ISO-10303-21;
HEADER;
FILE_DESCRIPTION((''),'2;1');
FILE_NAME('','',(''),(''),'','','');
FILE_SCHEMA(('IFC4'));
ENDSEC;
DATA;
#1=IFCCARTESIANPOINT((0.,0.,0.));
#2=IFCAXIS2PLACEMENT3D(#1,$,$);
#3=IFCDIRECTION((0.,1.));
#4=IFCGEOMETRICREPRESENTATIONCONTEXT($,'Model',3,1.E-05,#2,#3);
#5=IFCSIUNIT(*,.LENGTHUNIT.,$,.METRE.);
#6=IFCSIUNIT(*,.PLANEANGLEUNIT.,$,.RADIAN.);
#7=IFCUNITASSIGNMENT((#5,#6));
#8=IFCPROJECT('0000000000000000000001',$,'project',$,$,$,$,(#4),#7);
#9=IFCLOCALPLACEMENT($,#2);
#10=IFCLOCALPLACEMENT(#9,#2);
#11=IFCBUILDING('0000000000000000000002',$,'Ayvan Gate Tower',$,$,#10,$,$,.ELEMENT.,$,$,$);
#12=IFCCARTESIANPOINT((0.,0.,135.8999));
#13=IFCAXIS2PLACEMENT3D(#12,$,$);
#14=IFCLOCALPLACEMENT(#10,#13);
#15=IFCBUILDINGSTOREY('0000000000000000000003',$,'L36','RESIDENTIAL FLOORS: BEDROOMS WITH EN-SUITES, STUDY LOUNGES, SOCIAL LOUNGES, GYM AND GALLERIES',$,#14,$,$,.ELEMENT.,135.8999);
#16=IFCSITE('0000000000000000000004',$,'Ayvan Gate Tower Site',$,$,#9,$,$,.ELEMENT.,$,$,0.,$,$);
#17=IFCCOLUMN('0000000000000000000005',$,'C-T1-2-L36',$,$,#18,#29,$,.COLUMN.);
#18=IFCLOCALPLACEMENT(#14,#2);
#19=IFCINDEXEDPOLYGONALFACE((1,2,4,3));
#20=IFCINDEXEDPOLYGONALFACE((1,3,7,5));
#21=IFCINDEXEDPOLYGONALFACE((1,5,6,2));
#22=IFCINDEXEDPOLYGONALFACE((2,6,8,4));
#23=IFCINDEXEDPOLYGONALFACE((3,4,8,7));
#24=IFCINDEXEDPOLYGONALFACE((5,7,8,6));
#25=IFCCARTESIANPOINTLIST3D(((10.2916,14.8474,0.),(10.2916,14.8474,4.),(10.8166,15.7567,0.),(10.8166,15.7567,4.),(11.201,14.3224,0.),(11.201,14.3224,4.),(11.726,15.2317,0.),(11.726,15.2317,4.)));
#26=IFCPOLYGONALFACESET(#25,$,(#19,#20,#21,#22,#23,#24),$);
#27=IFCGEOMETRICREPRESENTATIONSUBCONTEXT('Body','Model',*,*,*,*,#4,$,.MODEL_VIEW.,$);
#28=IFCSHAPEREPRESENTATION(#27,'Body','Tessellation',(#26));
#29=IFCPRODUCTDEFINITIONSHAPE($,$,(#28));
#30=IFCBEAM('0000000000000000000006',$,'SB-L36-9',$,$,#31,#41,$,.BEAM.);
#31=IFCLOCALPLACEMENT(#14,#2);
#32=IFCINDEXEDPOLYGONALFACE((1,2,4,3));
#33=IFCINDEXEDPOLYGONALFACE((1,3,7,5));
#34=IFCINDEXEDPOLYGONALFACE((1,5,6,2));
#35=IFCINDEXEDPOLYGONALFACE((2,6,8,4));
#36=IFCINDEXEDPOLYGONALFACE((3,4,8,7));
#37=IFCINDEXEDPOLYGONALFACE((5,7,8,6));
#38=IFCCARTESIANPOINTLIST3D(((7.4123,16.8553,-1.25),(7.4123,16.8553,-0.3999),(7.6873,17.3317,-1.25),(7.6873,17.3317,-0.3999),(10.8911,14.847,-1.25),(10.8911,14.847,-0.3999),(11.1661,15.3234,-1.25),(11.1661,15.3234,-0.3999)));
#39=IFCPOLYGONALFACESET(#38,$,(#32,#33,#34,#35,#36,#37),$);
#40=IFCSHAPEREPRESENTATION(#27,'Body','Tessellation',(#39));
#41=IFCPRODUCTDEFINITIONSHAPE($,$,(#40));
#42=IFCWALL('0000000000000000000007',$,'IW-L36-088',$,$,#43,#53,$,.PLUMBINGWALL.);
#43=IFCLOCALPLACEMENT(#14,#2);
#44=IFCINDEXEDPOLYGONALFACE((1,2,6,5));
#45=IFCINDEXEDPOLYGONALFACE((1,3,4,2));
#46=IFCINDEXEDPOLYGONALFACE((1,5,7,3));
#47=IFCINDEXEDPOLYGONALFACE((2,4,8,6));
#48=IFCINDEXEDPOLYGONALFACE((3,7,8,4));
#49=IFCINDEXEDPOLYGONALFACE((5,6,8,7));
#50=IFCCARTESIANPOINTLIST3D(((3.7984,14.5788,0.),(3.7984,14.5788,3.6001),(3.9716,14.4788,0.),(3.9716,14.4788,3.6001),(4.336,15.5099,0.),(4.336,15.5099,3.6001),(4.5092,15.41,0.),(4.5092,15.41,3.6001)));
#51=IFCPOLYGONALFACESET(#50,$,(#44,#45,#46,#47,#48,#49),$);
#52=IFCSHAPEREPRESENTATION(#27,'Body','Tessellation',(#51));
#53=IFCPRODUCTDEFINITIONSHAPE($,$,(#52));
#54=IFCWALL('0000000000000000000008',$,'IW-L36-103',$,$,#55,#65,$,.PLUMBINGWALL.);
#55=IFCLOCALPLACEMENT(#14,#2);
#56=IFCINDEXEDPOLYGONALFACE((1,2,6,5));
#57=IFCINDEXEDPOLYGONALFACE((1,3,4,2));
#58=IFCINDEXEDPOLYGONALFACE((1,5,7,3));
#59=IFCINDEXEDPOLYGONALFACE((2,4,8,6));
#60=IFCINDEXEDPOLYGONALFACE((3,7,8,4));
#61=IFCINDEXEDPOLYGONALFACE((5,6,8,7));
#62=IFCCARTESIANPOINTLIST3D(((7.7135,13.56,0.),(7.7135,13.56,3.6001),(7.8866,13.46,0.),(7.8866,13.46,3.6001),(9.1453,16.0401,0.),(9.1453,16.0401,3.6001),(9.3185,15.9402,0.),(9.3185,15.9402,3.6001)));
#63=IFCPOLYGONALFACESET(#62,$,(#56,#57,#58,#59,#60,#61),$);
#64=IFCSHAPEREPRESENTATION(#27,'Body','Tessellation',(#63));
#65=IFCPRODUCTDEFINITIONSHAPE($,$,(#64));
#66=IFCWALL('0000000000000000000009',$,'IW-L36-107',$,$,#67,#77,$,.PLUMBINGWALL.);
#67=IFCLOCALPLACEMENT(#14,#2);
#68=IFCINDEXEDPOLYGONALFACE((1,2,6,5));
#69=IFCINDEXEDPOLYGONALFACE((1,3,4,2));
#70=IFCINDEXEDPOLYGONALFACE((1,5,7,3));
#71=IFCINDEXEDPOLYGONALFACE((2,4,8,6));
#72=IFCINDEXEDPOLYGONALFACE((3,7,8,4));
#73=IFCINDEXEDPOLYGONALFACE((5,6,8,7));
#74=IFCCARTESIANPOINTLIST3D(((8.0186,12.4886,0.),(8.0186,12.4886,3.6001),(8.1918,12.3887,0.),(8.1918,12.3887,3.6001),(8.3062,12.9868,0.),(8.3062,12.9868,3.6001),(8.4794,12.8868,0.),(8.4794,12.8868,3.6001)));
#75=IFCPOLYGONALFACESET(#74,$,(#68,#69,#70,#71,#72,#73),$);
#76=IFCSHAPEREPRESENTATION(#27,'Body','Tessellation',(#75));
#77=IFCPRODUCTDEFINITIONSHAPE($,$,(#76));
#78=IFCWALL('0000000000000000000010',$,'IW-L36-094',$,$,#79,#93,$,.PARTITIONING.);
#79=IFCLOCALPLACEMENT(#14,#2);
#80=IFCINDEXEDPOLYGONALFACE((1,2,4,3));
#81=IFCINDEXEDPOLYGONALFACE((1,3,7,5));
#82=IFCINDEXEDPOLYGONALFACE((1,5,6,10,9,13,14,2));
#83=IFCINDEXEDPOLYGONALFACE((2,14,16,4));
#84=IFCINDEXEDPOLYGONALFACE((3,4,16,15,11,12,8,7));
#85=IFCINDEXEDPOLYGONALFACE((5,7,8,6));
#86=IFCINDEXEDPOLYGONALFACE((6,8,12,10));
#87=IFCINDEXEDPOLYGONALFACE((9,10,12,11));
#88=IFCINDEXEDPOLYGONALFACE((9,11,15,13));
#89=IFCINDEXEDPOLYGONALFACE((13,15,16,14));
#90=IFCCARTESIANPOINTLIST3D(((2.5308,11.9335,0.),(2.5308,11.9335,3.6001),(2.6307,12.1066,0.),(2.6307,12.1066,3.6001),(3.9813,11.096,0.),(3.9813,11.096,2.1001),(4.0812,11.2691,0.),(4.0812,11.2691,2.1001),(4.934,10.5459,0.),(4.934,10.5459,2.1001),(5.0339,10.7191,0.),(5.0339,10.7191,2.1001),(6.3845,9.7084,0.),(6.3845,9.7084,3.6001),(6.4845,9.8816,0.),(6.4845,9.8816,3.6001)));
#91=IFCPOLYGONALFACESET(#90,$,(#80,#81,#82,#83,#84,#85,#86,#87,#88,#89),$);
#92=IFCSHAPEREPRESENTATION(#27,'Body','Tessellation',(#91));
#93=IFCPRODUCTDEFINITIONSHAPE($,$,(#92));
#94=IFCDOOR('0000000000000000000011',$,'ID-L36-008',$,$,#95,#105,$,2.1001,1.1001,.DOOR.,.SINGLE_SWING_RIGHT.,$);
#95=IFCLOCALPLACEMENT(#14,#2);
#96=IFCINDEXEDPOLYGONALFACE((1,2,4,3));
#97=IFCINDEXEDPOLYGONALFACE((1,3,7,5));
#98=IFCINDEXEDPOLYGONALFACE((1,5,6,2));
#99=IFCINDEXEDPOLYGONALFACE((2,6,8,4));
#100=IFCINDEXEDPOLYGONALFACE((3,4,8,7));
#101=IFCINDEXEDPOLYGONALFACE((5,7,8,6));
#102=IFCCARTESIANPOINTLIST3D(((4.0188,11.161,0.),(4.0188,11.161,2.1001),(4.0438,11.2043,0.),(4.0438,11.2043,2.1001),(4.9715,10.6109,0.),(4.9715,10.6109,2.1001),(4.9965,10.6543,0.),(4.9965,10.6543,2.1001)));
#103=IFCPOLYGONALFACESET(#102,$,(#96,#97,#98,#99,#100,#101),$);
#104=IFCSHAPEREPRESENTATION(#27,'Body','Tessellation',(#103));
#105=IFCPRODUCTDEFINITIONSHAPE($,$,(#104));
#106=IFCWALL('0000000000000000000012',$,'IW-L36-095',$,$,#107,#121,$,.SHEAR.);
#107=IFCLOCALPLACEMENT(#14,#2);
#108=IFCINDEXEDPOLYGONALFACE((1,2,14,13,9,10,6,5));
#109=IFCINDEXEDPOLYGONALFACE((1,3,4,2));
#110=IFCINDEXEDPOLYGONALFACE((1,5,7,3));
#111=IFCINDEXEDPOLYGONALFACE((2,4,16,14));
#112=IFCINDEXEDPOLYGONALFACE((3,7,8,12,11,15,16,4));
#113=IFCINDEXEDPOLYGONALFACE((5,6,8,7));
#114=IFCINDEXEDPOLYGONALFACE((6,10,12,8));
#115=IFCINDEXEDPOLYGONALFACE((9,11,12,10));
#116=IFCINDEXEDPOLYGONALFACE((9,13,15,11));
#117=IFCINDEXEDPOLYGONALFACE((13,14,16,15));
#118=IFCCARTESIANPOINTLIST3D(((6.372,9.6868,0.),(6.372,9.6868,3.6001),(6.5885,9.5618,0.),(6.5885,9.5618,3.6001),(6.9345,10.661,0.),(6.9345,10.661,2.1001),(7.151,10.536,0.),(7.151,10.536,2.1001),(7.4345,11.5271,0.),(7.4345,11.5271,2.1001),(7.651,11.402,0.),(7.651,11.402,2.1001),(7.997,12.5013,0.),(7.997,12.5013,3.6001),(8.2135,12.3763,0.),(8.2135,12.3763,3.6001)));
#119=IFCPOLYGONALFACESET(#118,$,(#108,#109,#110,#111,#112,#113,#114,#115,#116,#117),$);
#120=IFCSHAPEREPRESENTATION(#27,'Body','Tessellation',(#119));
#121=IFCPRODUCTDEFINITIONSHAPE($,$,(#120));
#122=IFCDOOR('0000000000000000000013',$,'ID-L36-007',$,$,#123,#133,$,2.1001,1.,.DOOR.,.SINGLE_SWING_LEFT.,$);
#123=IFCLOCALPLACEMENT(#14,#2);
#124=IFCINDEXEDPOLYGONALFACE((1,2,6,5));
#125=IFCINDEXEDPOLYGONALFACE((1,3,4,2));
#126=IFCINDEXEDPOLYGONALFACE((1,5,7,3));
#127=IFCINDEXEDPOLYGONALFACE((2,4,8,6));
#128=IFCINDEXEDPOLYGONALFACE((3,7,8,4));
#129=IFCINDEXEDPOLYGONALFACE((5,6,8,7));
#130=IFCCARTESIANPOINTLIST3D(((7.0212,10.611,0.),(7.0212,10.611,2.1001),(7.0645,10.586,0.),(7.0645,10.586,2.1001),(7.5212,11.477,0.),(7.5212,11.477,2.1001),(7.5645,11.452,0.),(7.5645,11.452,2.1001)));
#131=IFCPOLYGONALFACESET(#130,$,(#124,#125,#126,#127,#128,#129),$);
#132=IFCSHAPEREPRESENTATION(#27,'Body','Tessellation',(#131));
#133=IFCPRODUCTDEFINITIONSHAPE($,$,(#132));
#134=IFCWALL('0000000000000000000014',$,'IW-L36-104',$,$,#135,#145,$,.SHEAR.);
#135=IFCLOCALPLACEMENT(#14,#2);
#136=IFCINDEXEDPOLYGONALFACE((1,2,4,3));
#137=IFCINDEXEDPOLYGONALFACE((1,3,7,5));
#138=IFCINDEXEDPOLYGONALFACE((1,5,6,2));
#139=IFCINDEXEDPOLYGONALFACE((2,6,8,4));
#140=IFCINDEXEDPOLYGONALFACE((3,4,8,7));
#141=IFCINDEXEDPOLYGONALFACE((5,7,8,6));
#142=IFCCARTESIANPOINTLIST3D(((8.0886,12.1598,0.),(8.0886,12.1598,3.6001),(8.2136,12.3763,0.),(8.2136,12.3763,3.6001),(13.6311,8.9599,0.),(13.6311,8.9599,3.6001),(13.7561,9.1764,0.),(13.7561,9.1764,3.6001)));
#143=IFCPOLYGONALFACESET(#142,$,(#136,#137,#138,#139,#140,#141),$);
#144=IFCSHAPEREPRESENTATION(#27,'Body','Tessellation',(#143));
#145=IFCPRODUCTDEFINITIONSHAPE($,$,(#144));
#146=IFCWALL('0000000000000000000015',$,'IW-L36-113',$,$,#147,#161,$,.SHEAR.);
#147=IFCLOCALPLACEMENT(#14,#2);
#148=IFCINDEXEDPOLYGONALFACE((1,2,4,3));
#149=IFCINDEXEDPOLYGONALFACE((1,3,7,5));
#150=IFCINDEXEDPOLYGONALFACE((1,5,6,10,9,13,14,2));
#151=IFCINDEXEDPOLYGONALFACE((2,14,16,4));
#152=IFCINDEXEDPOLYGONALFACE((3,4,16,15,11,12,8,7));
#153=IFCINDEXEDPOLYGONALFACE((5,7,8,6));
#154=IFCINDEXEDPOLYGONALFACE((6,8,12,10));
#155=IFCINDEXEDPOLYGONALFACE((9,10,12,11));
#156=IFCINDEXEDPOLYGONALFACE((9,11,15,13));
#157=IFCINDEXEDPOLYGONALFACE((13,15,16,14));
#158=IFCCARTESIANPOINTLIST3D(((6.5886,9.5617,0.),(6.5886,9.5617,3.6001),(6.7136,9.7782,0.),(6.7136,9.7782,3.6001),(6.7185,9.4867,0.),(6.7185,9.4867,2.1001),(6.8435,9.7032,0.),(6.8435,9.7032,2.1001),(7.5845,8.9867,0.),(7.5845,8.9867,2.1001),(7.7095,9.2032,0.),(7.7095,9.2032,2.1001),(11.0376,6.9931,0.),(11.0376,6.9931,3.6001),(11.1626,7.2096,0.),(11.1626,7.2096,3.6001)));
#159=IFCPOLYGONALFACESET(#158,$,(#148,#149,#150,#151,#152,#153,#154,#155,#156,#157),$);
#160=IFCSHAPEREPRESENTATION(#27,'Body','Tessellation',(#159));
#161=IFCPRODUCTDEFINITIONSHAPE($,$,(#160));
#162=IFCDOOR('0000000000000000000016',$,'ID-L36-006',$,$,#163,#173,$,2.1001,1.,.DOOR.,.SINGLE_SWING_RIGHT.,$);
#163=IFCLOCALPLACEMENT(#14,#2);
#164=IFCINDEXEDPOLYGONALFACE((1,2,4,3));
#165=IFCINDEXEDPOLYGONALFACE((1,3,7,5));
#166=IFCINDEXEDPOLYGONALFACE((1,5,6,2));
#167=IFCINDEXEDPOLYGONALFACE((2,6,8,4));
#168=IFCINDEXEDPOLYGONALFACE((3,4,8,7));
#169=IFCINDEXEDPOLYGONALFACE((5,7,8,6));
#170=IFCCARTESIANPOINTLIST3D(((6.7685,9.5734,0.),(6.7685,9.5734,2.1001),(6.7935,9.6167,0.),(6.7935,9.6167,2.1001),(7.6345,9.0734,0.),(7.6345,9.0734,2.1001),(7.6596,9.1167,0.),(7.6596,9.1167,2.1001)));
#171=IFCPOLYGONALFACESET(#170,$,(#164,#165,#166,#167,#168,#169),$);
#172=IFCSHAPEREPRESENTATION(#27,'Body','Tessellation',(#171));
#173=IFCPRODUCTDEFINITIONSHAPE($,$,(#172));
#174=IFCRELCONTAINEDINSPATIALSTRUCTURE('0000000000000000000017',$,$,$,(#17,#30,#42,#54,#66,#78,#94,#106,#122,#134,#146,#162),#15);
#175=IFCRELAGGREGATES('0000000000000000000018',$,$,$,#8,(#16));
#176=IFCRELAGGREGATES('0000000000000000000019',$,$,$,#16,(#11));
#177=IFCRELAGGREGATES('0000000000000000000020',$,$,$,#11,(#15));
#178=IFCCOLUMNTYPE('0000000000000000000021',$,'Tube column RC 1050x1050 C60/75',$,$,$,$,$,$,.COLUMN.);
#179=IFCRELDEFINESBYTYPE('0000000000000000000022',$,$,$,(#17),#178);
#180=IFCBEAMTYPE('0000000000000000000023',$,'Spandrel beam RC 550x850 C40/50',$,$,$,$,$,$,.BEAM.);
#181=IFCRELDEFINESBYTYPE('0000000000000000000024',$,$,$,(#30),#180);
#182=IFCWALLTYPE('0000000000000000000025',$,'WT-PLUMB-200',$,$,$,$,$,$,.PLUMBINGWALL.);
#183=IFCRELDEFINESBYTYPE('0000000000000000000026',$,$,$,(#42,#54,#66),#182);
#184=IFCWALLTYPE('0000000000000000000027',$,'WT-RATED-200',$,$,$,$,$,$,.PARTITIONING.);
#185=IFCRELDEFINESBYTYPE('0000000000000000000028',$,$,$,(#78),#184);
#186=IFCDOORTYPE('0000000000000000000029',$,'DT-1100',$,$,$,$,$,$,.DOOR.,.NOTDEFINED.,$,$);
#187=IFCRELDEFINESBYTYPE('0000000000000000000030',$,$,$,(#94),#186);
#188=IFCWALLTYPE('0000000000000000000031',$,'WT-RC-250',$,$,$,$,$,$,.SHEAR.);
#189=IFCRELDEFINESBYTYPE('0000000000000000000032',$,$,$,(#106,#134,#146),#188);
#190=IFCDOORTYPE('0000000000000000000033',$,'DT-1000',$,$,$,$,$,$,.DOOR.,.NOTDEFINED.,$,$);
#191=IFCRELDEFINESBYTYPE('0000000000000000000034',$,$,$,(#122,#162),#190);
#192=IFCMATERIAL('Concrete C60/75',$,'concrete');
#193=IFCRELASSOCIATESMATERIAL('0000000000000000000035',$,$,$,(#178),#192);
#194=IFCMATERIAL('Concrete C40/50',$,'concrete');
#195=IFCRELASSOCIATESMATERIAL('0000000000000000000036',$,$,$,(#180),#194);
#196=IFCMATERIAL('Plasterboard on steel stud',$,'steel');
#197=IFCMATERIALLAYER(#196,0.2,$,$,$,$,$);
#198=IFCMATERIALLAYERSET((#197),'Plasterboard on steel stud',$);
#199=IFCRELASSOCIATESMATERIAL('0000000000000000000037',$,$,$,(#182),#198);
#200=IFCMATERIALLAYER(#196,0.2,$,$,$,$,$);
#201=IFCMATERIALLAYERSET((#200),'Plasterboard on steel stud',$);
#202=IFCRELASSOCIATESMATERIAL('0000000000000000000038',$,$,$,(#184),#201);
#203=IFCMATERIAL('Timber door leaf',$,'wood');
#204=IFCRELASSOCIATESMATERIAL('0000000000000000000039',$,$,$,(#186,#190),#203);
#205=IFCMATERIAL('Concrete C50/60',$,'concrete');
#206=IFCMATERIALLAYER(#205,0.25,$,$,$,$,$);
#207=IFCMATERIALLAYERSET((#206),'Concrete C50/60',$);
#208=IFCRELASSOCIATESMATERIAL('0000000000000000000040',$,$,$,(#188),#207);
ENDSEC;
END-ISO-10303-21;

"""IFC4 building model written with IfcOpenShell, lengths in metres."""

from ifc_helpers import new_model, si_unit, direction, frame, frame_2d, origin, origin_2d, place, context, subcontext, project, spatial, rectangle, extrude, material, layer, layer_set, material_profile, profile_set, type_object, element, fill, save


model = new_model("IFC4")

# Units and contexts
model_context = context("Model", 3, precision=1e-05, world=origin(), true_north=direction((0.0, 1.0)))
body_context = subcontext(model_context, "Body", "Model", "MODEL_VIEW")
ifc_project = project(units=[si_unit("LENGTHUNIT", "METRE"), si_unit("PLANEANGLEUNIT", "RADIAN")], contexts=[model_context])

# Site, building, storey
site_placement = place(None, origin())
site = spatial("IfcSite", under=ifc_project, at=site_placement, Name="Ayvan Gate Tower Site", CompositionType="ELEMENT", RefElevation=0.0)
building_placement = place(site_placement, origin())
building = spatial("IfcBuilding", under=site, at=building_placement, Name="Ayvan Gate Tower", CompositionType="ELEMENT")
storey_placement = place(building_placement, frame((0.0, 0.0, 135.8999)))
storey = spatial("IfcBuildingStorey", under=building, at=storey_placement, Name="L36", Description="RESIDENTIAL FLOORS: BEDROOMS WITH EN-SUITES, STUDY LOUNGES, SOCIAL LOUNGES, GYM AND GALLERIES", CompositionType="ELEMENT", Elevation=135.8999)

# Column
ifc_material_1 = material(Name="Concrete C60/75", Category="concrete")
ifc_material_profile_1 = material_profile(ifc_material_1, rectangle(XDim=1.05, YDim=1.05, at=origin_2d()), Name="RC 1050x1050")
ifc_profile_set_1 = profile_set([ifc_material_profile_1], Name="Concrete C60/75")
column_type = type_object("IfcColumnType", Name="Tube column RC 1050x1050 C60/75", PredefinedType="COLUMN", material=ifc_profile_set_1)
column_placement = place(storey_placement, frame((11.0088, 15.0396, 0.0), z_axis=(0.0, 0.0, 1.0), x_axis=(0.5, 0.866025, 0.0)))
element("IfcColumn", 1, at=column_placement, inside=storey, type_object=column_type, Name="C-T1-2-L36", PredefinedType="COLUMN", context=body_context, shape_type="SweptSolid", body=[
    extrude(rectangle(XDim=1.05, YDim=1.05, at=origin_2d()), origin(), (0.0, 0.0, 1.0), 4.0),
])

# Beam
ifc_material_2 = material(Name="Concrete C40/50", Category="concrete")
ifc_material_profile_2 = material_profile(ifc_material_2, rectangle(XDim=0.55, YDim=0.8501, at=origin_2d()), Name="RC 550x850")
ifc_profile_set_2 = profile_set([ifc_material_profile_2], Name="Concrete C40/50")
beam_type = type_object("IfcBeamType", Name="Spandrel beam RC 550x850 C40/50", PredefinedType="BEAM", material=ifc_profile_set_2)
beam_placement = place(storey_placement, frame((11.0286, 15.0852, -0.825), z_axis=(-0.866043, 0.49997, 0.0), x_axis=(-0.49997, -0.866043, 0.0)))
element("IfcBeam", 2, at=beam_placement, inside=storey, type_object=beam_type, Name="SB-L36-9", PredefinedType="BEAM", context=body_context, shape_type="SweptSolid", body=[
    extrude(rectangle(XDim=0.55, YDim=0.8501, at=origin_2d()), origin(), (0.0, 0.0, 1.0), 4.0168),
])

# Walls
ifc_material_3 = material(Name="Plasterboard on steel stud", Category="steel")
ifc_layer_1 = layer(ifc_material_3, 0.2)
ifc_layer_set_1 = layer_set([ifc_layer_1], Name="Plasterboard on steel stud")
wall_type_1 = type_object("IfcWallType", Name="WT-PLUMB-200", PredefinedType="PLUMBINGWALL", material=ifc_layer_set_1)
wall_1_placement = place(storey_placement, frame((3.885, 14.5288, 0.0), z_axis=(0.0, 0.0, 1.0), x_axis=(0.499998, 0.866027, 0.0)))
element("IfcWall", 3, at=wall_1_placement, inside=storey, type_object=wall_type_1, Name="IW-L36-088", PredefinedType="PLUMBINGWALL", context=body_context, shape_type="SweptSolid", body=[
    extrude(rectangle(XDim=1.0752, YDim=0.2, at=frame_2d((0.5376, 0.0))), origin(), (0.0, 0.0, 1.0), 3.6001),
])
wall_2_placement = place(storey_placement, frame((7.8, 13.51, 0.0), z_axis=(0.0, 0.0, 1.0), x_axis=(0.499981, 0.866037, 0.0)))
element("IfcWall", 4, at=wall_2_placement, inside=storey, type_object=wall_type_1, Name="IW-L36-103", PredefinedType="PLUMBINGWALL", context=body_context, shape_type="SweptSolid", body=[
    extrude(rectangle(XDim=2.8638, YDim=0.2, at=frame_2d((1.4319, 0.0))), origin(), (0.0, 0.0, 1.0), 3.6001),
])
wall_3_placement = place(storey_placement, frame((8.3928, 12.9368, 0.0), z_axis=(0.0, 0.0, 1.0), x_axis=(-0.500065, -0.865988, 0.0)))
element("IfcWall", 5, at=wall_3_placement, inside=storey, type_object=wall_type_1, Name="IW-L36-107", PredefinedType="PLUMBINGWALL", context=body_context, shape_type="SweptSolid", body=[
    extrude(rectangle(XDim=0.5752, YDim=0.2, at=frame_2d((0.2876, 0.0))), origin(), (0.0, 0.0, 1.0), 3.6001),
])

# Walls, openings, doors
ifc_layer_2 = layer(ifc_material_3, 0.2)
ifc_layer_set_2 = layer_set([ifc_layer_2], Name="Plasterboard on steel stud")
wall_type_2 = type_object("IfcWallType", Name="WT-RATED-200", PredefinedType="PARTITIONING", material=ifc_layer_set_2)
wall_4_placement = place(storey_placement, frame((6.4346, 9.7949, 0.0), z_axis=(0.0, 0.0, 1.0), x_axis=(-0.866013, 0.500022, 0.0)))
wall_4 = element("IfcWall", 6, at=wall_4_placement, inside=storey, type_object=wall_type_2, Name="IW-L36-094", PredefinedType="PARTITIONING", context=body_context, shape_type="SweptSolid", body=[
    extrude(rectangle(XDim=4.45, YDim=0.2, at=frame_2d((2.2251, 0.0))), origin(), (0.0, 0.0, 1.0), 3.6001),
])
opening_1_placement = place(wall_4_placement, frame((1.675, 0.0, 0.0)))
opening_1 = element("IfcOpeningElement", 7, at=opening_1_placement, cuts=wall_4, PredefinedType="OPENING", context=body_context, shape_type="SweptSolid", body=[
    extrude(rectangle(XDim=1.1001, YDim=2.1001, at=frame_2d((0.55, 1.05))), frame((0.0, 0.1099, 0.0), z_axis=(0.0, -1.0, 0.0), x_axis=(1.0, 0.0, 0.0)), (0.0, 0.0, 1.0), 0.22),
])
ifc_material_4 = material(Name="Timber door leaf", Category="wood")
door_type_1 = type_object("IfcDoorType", Name="DT-1100", OperationType="NOTDEFINED", PredefinedType="DOOR", material=ifc_material_4)
door_1_placement = place(opening_1_placement, origin())
door_1 = element("IfcDoor", 8, at=door_1_placement, inside=storey, type_object=door_type_1, Name="ID-L36-008", OperationType="SINGLE_SWING_RIGHT", OverallHeight=2.1001, OverallWidth=1.1001, PredefinedType="DOOR", context=body_context, shape_type="SweptSolid", body=[
    extrude(rectangle(XDim=1.1001, YDim=2.1001, at=frame_2d((0.55, 1.05))), frame((0.0, 0.0249, 0.0), z_axis=(0.0, -1.0, 0.0), x_axis=(1.0, 0.0, 0.0)), (0.0, 0.0, 1.0), 0.05),
])
fill(opening_1, door_1)
ifc_material_5 = material(Name="Concrete C50/60", Category="concrete")
ifc_layer_3 = layer(ifc_material_5, 0.25)
ifc_layer_set_3 = layer_set([ifc_layer_3], Name="Concrete C50/60")
wall_type_3 = type_object("IfcWallType", Name="WT-RC-250", PredefinedType="SHEAR", material=ifc_layer_set_3)
wall_5_placement = place(storey_placement, frame((6.4802, 9.6243, 0.0), z_axis=(0.0, 0.0, 1.0), x_axis=(0.500017, 0.866015, 0.0)))
wall_5 = element("IfcWall", 9, at=wall_5_placement, inside=storey, type_object=wall_type_3, Name="IW-L36-095", PredefinedType="SHEAR", context=body_context, shape_type="SweptSolid", body=[
    extrude(rectangle(XDim=3.25, YDim=0.25, at=frame_2d((1.625, 0.0))), origin(), (0.0, 0.0, 1.0), 3.6001),
])
opening_2_placement = place(wall_5_placement, frame((1.125, 0.0, 0.0)))
opening_2 = element("IfcOpeningElement", 10, at=opening_2_placement, cuts=wall_5, PredefinedType="OPENING", context=body_context, shape_type="SweptSolid", body=[
    extrude(rectangle(XDim=1.0, YDim=2.1001, at=frame_2d((0.5, 1.05))), frame((0.0, 0.135, 0.0), z_axis=(0.0, -1.0, 0.0), x_axis=(1.0, 0.0, 0.0)), (0.0, 0.0, 1.0), 0.27),
])
door_type_2 = type_object("IfcDoorType", Name="DT-1000", OperationType="NOTDEFINED", PredefinedType="DOOR", material=ifc_material_4)
door_2_placement = place(opening_2_placement, origin())
door_2 = element("IfcDoor", 11, at=door_2_placement, inside=storey, type_object=door_type_2, Name="ID-L36-007", OperationType="SINGLE_SWING_LEFT", OverallHeight=2.1001, OverallWidth=1.0, PredefinedType="DOOR", context=body_context, shape_type="SweptSolid", body=[
    extrude(rectangle(XDim=1.0, YDim=2.1001, at=frame_2d((0.5, 1.05))), frame((0.0, 0.0249, 0.0), z_axis=(0.0, -1.0, 0.0), x_axis=(1.0, 0.0, 0.0)), (0.0, 0.0, 1.0), 0.05),
])
fill(opening_2, door_2)

# Wall
wall_6_placement = place(storey_placement, frame((8.1511, 12.2681, 0.0), z_axis=(0.0, 0.0, 1.0), x_axis=(0.866025, -0.5, 0.0)))
element("IfcWall", 12, at=wall_6_placement, inside=storey, type_object=wall_type_3, Name="IW-L36-104", PredefinedType="SHEAR", context=body_context, shape_type="SweptSolid", body=[
    extrude(rectangle(XDim=6.3999, YDim=0.25, at=frame_2d((3.2, 0.0))), origin(), (0.0, 0.0, 1.0), 3.6001),
])

# Wall, opening, door
wall_7_placement = place(storey_placement, frame((11.1001, 7.1013, 0.0), z_axis=(0.0, 0.0, 1.0), x_axis=(-0.866027, 0.499998, 0.0)))
wall_7 = element("IfcWall", 13, at=wall_7_placement, inside=storey, type_object=wall_type_3, Name="IW-L36-113", PredefinedType="SHEAR", context=body_context, shape_type="SweptSolid", body=[
    extrude(rectangle(XDim=5.1372, YDim=0.25, at=frame_2d((2.5686, 0.0))), origin(), (0.0, 0.0, 1.0), 3.6001),
])
opening_3_placement = place(wall_7_placement, frame((3.9873, 0.0, 0.0)))
opening_3 = element("IfcOpeningElement", 14, at=opening_3_placement, cuts=wall_7, PredefinedType="OPENING", context=body_context, shape_type="SweptSolid", body=[
    extrude(rectangle(XDim=1.0, YDim=2.1001, at=frame_2d((0.5, 1.05))), frame((0.0, 0.135, 0.0), z_axis=(0.0, -1.0, 0.0), x_axis=(1.0, 0.0, 0.0)), (0.0, 0.0, 1.0), 0.27),
])
door_3_placement = place(opening_3_placement, origin())
door_3 = element("IfcDoor", 15, at=door_3_placement, inside=storey, type_object=door_type_2, Name="ID-L36-006", OperationType="SINGLE_SWING_RIGHT", OverallHeight=2.1001, OverallWidth=1.0, PredefinedType="DOOR", context=body_context, shape_type="SweptSolid", body=[
    extrude(rectangle(XDim=1.0, YDim=2.1001, at=frame_2d((0.5, 1.05))), frame((0.0, 0.0249, 0.0), z_axis=(0.0, -1.0, 0.0), x_axis=(1.0, 0.0, 0.0)), (0.0, 0.0, 1.0), 0.05),
])
fill(opening_3, door_3)

save(model, "model.ifc")
